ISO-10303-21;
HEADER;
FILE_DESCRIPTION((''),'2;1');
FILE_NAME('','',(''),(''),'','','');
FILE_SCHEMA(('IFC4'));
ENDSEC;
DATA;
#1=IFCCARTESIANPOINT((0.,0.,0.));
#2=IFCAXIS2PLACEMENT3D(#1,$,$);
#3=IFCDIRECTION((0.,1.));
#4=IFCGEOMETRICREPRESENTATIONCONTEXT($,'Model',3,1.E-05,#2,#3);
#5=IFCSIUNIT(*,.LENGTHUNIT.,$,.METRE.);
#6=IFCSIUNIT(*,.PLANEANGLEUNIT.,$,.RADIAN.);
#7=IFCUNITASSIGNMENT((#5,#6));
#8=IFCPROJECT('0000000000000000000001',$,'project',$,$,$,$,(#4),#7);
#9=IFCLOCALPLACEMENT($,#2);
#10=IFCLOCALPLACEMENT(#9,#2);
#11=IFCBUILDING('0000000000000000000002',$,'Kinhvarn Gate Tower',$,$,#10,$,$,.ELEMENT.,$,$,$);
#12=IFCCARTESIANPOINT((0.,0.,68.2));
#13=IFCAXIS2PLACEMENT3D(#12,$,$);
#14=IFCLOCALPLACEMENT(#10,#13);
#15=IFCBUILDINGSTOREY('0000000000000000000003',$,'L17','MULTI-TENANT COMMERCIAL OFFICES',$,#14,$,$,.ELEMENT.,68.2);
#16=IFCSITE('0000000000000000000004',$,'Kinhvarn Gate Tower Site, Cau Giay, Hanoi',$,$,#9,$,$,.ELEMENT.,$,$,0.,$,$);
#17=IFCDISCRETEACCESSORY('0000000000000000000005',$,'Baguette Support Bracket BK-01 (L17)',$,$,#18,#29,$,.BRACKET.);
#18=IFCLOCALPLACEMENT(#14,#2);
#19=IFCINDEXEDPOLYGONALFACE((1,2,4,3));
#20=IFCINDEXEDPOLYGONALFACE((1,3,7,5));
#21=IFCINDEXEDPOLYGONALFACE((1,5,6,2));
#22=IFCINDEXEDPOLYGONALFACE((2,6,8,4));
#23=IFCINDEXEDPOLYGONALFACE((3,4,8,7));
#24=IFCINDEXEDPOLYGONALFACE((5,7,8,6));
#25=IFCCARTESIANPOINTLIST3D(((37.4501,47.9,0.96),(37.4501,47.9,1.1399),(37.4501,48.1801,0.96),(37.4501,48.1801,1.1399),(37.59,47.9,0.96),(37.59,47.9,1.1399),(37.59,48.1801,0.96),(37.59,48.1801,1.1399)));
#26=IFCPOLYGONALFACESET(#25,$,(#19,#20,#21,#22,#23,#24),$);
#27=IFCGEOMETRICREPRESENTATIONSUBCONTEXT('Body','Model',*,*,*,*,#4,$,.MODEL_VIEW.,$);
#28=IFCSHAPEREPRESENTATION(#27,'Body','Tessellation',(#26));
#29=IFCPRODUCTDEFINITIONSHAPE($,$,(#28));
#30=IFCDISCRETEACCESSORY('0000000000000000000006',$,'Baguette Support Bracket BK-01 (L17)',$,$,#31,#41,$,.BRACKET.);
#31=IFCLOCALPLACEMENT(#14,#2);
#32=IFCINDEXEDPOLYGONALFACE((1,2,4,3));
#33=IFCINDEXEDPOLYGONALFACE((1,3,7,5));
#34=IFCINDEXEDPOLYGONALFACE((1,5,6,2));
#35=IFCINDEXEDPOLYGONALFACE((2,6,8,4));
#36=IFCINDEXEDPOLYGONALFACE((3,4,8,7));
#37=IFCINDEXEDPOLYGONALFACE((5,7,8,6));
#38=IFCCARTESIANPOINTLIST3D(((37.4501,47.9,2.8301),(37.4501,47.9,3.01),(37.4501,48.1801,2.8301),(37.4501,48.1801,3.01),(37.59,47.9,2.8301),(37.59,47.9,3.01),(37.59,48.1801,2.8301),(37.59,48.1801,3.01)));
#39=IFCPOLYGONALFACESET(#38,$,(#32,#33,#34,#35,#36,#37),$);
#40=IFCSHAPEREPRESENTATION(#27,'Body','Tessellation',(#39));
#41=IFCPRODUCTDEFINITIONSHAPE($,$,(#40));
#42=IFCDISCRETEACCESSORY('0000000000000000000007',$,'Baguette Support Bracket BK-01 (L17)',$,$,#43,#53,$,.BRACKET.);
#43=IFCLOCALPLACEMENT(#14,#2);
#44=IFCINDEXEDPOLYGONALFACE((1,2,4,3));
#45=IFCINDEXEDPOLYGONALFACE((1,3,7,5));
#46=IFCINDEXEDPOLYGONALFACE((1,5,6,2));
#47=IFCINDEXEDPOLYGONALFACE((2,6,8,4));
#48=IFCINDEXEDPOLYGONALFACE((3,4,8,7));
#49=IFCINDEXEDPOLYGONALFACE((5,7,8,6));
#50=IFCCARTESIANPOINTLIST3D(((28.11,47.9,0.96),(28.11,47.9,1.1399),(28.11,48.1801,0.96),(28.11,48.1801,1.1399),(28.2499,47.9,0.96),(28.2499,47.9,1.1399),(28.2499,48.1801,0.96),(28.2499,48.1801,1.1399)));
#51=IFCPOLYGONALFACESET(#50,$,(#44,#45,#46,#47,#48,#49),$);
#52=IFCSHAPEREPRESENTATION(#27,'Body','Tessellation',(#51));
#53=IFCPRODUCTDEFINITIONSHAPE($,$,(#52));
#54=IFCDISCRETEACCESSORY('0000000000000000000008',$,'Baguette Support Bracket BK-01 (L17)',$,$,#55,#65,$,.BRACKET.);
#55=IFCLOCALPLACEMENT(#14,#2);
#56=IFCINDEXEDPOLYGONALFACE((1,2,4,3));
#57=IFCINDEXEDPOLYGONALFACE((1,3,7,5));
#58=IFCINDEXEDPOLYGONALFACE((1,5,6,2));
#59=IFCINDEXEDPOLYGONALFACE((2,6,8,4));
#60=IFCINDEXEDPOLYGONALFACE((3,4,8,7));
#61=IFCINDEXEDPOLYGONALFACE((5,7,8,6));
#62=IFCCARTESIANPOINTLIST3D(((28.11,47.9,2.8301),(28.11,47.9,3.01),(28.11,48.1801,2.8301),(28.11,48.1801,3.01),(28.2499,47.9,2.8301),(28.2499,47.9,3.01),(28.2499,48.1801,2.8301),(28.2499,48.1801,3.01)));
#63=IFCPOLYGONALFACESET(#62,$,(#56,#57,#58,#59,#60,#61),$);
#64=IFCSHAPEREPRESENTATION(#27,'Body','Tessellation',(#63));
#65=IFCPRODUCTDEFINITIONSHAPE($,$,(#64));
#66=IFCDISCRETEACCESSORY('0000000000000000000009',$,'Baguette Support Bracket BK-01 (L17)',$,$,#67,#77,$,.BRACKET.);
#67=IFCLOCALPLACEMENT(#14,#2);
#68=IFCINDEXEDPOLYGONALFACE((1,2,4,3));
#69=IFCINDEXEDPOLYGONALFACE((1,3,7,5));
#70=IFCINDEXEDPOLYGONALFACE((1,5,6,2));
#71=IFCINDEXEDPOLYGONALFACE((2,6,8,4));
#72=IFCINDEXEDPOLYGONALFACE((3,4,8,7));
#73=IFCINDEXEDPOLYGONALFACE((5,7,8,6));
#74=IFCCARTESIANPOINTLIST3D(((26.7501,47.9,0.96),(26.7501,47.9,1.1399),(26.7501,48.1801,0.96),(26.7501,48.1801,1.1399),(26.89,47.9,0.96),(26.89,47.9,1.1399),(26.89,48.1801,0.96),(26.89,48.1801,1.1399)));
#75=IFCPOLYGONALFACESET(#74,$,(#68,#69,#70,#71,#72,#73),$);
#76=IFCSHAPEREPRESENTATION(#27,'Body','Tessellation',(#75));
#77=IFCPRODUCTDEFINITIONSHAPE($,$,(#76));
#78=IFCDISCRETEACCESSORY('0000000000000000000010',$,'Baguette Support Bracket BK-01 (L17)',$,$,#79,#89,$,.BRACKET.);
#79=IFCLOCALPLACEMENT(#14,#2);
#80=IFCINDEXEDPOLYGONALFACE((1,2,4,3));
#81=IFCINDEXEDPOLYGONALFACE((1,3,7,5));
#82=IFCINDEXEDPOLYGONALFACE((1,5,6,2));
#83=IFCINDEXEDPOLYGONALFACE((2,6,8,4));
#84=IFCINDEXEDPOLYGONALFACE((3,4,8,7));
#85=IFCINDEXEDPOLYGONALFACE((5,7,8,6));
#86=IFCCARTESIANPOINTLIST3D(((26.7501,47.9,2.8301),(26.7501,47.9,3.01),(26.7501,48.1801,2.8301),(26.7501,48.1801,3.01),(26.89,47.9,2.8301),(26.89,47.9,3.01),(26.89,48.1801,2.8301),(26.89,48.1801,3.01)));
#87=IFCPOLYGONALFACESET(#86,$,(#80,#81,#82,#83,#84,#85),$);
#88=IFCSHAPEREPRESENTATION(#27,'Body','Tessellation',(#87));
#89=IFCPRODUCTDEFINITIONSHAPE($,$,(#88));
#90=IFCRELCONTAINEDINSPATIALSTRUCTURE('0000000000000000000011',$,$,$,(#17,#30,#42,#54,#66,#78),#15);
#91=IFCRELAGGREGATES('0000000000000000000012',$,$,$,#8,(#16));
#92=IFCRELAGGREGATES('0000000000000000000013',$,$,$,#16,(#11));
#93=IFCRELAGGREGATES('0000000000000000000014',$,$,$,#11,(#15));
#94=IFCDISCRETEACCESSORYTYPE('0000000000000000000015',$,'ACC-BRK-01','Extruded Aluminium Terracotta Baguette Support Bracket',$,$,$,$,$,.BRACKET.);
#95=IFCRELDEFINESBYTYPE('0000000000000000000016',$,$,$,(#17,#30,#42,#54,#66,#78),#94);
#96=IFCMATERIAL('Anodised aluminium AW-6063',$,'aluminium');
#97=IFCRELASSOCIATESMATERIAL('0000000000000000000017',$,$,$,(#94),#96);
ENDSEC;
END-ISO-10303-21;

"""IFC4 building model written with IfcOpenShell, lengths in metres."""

from ifc_helpers import new_model, si_unit, direction, frame, origin, origin_2d, place, context, subcontext, project, spatial, rectangle, extrude, material, type_object, element, save


model = new_model("IFC4")

# Units and contexts
model_context = context("Model", 3, precision=1e-05, world=origin(), true_north=direction((0.0, 1.0)))
body_context = subcontext(model_context, "Body", "Model", "MODEL_VIEW")
ifc_project = project(units=[si_unit("LENGTHUNIT", "METRE"), si_unit("PLANEANGLEUNIT", "RADIAN")], contexts=[model_context])

# Site, building, storey
site_placement = place(None, origin())
site = spatial("IfcSite", under=ifc_project, at=site_placement, Name="Kinhvarn Gate Tower Site, Cau Giay, Hanoi", CompositionType="ELEMENT", RefElevation=0.0)
building_placement = place(site_placement, origin())
building = spatial("IfcBuilding", under=site, at=building_placement, Name="Kinhvarn Gate Tower", CompositionType="ELEMENT")
storey_placement = place(building_placement, frame((0.0, 0.0, 68.2)))
storey = spatial("IfcBuildingStorey", under=building, at=storey_placement, Name="L17", Description="MULTI-TENANT COMMERCIAL OFFICES", CompositionType="ELEMENT", Elevation=68.2)

# Shared definitions
ifc_material_1 = material(Name="Anodised aluminium AW-6063", Category="aluminium")

# Discrete accessories
discrete_accessory_type = type_object("IfcDiscreteAccessoryType", Name="ACC-BRK-01", Description="Extruded Aluminium Terracotta Baguette Support Bracket", PredefinedType="BRACKET", material=ifc_material_1)
for number, where, z_axis, x_axis, name in (
    (1, (37.52, 48.04, 0.96), (0.0, 0.0, 1.0), (-1.0, 0.0, 0.0), "Baguette Support Bracket BK-01 (L17)"),
    (2, (37.52, 48.04, 2.8301), (0.0, 0.0, 1.0), (-1.0, 0.0, 0.0), "Baguette Support Bracket BK-01 (L17)"),
    (3, (28.1799, 48.04, 0.96), (0.0, 0.0, 1.0), (-1.0, 0.0, 0.0), "Baguette Support Bracket BK-01 (L17)"),
    (4, (28.1799, 48.04, 2.8301), (0.0, 0.0, 1.0), (-1.0, 0.0, 0.0), "Baguette Support Bracket BK-01 (L17)"),
    (5, (26.8201, 48.04, 0.96), (0.0, 0.0, 1.0), (-1.0, 0.0, 0.0), "Baguette Support Bracket BK-01 (L17)"),
    (6, (26.8201, 48.04, 2.8301), (0.0, 0.0, 1.0), (-1.0, 0.0, 0.0), "Baguette Support Bracket BK-01 (L17)"),
):
    element("IfcDiscreteAccessory", number, at=place(storey_placement, frame(where, z_axis=z_axis, x_axis=x_axis)), inside=storey, type_object=discrete_accessory_type, Name=name, PredefinedType="BRACKET", context=body_context, shape_type="SweptSolid", body=[
        extrude(rectangle(XDim=0.1399, YDim=0.28, at=origin_2d()), origin(), (0.0, 0.0, 1.0), 0.1799),
    ])

save(model, "model.ifc")
